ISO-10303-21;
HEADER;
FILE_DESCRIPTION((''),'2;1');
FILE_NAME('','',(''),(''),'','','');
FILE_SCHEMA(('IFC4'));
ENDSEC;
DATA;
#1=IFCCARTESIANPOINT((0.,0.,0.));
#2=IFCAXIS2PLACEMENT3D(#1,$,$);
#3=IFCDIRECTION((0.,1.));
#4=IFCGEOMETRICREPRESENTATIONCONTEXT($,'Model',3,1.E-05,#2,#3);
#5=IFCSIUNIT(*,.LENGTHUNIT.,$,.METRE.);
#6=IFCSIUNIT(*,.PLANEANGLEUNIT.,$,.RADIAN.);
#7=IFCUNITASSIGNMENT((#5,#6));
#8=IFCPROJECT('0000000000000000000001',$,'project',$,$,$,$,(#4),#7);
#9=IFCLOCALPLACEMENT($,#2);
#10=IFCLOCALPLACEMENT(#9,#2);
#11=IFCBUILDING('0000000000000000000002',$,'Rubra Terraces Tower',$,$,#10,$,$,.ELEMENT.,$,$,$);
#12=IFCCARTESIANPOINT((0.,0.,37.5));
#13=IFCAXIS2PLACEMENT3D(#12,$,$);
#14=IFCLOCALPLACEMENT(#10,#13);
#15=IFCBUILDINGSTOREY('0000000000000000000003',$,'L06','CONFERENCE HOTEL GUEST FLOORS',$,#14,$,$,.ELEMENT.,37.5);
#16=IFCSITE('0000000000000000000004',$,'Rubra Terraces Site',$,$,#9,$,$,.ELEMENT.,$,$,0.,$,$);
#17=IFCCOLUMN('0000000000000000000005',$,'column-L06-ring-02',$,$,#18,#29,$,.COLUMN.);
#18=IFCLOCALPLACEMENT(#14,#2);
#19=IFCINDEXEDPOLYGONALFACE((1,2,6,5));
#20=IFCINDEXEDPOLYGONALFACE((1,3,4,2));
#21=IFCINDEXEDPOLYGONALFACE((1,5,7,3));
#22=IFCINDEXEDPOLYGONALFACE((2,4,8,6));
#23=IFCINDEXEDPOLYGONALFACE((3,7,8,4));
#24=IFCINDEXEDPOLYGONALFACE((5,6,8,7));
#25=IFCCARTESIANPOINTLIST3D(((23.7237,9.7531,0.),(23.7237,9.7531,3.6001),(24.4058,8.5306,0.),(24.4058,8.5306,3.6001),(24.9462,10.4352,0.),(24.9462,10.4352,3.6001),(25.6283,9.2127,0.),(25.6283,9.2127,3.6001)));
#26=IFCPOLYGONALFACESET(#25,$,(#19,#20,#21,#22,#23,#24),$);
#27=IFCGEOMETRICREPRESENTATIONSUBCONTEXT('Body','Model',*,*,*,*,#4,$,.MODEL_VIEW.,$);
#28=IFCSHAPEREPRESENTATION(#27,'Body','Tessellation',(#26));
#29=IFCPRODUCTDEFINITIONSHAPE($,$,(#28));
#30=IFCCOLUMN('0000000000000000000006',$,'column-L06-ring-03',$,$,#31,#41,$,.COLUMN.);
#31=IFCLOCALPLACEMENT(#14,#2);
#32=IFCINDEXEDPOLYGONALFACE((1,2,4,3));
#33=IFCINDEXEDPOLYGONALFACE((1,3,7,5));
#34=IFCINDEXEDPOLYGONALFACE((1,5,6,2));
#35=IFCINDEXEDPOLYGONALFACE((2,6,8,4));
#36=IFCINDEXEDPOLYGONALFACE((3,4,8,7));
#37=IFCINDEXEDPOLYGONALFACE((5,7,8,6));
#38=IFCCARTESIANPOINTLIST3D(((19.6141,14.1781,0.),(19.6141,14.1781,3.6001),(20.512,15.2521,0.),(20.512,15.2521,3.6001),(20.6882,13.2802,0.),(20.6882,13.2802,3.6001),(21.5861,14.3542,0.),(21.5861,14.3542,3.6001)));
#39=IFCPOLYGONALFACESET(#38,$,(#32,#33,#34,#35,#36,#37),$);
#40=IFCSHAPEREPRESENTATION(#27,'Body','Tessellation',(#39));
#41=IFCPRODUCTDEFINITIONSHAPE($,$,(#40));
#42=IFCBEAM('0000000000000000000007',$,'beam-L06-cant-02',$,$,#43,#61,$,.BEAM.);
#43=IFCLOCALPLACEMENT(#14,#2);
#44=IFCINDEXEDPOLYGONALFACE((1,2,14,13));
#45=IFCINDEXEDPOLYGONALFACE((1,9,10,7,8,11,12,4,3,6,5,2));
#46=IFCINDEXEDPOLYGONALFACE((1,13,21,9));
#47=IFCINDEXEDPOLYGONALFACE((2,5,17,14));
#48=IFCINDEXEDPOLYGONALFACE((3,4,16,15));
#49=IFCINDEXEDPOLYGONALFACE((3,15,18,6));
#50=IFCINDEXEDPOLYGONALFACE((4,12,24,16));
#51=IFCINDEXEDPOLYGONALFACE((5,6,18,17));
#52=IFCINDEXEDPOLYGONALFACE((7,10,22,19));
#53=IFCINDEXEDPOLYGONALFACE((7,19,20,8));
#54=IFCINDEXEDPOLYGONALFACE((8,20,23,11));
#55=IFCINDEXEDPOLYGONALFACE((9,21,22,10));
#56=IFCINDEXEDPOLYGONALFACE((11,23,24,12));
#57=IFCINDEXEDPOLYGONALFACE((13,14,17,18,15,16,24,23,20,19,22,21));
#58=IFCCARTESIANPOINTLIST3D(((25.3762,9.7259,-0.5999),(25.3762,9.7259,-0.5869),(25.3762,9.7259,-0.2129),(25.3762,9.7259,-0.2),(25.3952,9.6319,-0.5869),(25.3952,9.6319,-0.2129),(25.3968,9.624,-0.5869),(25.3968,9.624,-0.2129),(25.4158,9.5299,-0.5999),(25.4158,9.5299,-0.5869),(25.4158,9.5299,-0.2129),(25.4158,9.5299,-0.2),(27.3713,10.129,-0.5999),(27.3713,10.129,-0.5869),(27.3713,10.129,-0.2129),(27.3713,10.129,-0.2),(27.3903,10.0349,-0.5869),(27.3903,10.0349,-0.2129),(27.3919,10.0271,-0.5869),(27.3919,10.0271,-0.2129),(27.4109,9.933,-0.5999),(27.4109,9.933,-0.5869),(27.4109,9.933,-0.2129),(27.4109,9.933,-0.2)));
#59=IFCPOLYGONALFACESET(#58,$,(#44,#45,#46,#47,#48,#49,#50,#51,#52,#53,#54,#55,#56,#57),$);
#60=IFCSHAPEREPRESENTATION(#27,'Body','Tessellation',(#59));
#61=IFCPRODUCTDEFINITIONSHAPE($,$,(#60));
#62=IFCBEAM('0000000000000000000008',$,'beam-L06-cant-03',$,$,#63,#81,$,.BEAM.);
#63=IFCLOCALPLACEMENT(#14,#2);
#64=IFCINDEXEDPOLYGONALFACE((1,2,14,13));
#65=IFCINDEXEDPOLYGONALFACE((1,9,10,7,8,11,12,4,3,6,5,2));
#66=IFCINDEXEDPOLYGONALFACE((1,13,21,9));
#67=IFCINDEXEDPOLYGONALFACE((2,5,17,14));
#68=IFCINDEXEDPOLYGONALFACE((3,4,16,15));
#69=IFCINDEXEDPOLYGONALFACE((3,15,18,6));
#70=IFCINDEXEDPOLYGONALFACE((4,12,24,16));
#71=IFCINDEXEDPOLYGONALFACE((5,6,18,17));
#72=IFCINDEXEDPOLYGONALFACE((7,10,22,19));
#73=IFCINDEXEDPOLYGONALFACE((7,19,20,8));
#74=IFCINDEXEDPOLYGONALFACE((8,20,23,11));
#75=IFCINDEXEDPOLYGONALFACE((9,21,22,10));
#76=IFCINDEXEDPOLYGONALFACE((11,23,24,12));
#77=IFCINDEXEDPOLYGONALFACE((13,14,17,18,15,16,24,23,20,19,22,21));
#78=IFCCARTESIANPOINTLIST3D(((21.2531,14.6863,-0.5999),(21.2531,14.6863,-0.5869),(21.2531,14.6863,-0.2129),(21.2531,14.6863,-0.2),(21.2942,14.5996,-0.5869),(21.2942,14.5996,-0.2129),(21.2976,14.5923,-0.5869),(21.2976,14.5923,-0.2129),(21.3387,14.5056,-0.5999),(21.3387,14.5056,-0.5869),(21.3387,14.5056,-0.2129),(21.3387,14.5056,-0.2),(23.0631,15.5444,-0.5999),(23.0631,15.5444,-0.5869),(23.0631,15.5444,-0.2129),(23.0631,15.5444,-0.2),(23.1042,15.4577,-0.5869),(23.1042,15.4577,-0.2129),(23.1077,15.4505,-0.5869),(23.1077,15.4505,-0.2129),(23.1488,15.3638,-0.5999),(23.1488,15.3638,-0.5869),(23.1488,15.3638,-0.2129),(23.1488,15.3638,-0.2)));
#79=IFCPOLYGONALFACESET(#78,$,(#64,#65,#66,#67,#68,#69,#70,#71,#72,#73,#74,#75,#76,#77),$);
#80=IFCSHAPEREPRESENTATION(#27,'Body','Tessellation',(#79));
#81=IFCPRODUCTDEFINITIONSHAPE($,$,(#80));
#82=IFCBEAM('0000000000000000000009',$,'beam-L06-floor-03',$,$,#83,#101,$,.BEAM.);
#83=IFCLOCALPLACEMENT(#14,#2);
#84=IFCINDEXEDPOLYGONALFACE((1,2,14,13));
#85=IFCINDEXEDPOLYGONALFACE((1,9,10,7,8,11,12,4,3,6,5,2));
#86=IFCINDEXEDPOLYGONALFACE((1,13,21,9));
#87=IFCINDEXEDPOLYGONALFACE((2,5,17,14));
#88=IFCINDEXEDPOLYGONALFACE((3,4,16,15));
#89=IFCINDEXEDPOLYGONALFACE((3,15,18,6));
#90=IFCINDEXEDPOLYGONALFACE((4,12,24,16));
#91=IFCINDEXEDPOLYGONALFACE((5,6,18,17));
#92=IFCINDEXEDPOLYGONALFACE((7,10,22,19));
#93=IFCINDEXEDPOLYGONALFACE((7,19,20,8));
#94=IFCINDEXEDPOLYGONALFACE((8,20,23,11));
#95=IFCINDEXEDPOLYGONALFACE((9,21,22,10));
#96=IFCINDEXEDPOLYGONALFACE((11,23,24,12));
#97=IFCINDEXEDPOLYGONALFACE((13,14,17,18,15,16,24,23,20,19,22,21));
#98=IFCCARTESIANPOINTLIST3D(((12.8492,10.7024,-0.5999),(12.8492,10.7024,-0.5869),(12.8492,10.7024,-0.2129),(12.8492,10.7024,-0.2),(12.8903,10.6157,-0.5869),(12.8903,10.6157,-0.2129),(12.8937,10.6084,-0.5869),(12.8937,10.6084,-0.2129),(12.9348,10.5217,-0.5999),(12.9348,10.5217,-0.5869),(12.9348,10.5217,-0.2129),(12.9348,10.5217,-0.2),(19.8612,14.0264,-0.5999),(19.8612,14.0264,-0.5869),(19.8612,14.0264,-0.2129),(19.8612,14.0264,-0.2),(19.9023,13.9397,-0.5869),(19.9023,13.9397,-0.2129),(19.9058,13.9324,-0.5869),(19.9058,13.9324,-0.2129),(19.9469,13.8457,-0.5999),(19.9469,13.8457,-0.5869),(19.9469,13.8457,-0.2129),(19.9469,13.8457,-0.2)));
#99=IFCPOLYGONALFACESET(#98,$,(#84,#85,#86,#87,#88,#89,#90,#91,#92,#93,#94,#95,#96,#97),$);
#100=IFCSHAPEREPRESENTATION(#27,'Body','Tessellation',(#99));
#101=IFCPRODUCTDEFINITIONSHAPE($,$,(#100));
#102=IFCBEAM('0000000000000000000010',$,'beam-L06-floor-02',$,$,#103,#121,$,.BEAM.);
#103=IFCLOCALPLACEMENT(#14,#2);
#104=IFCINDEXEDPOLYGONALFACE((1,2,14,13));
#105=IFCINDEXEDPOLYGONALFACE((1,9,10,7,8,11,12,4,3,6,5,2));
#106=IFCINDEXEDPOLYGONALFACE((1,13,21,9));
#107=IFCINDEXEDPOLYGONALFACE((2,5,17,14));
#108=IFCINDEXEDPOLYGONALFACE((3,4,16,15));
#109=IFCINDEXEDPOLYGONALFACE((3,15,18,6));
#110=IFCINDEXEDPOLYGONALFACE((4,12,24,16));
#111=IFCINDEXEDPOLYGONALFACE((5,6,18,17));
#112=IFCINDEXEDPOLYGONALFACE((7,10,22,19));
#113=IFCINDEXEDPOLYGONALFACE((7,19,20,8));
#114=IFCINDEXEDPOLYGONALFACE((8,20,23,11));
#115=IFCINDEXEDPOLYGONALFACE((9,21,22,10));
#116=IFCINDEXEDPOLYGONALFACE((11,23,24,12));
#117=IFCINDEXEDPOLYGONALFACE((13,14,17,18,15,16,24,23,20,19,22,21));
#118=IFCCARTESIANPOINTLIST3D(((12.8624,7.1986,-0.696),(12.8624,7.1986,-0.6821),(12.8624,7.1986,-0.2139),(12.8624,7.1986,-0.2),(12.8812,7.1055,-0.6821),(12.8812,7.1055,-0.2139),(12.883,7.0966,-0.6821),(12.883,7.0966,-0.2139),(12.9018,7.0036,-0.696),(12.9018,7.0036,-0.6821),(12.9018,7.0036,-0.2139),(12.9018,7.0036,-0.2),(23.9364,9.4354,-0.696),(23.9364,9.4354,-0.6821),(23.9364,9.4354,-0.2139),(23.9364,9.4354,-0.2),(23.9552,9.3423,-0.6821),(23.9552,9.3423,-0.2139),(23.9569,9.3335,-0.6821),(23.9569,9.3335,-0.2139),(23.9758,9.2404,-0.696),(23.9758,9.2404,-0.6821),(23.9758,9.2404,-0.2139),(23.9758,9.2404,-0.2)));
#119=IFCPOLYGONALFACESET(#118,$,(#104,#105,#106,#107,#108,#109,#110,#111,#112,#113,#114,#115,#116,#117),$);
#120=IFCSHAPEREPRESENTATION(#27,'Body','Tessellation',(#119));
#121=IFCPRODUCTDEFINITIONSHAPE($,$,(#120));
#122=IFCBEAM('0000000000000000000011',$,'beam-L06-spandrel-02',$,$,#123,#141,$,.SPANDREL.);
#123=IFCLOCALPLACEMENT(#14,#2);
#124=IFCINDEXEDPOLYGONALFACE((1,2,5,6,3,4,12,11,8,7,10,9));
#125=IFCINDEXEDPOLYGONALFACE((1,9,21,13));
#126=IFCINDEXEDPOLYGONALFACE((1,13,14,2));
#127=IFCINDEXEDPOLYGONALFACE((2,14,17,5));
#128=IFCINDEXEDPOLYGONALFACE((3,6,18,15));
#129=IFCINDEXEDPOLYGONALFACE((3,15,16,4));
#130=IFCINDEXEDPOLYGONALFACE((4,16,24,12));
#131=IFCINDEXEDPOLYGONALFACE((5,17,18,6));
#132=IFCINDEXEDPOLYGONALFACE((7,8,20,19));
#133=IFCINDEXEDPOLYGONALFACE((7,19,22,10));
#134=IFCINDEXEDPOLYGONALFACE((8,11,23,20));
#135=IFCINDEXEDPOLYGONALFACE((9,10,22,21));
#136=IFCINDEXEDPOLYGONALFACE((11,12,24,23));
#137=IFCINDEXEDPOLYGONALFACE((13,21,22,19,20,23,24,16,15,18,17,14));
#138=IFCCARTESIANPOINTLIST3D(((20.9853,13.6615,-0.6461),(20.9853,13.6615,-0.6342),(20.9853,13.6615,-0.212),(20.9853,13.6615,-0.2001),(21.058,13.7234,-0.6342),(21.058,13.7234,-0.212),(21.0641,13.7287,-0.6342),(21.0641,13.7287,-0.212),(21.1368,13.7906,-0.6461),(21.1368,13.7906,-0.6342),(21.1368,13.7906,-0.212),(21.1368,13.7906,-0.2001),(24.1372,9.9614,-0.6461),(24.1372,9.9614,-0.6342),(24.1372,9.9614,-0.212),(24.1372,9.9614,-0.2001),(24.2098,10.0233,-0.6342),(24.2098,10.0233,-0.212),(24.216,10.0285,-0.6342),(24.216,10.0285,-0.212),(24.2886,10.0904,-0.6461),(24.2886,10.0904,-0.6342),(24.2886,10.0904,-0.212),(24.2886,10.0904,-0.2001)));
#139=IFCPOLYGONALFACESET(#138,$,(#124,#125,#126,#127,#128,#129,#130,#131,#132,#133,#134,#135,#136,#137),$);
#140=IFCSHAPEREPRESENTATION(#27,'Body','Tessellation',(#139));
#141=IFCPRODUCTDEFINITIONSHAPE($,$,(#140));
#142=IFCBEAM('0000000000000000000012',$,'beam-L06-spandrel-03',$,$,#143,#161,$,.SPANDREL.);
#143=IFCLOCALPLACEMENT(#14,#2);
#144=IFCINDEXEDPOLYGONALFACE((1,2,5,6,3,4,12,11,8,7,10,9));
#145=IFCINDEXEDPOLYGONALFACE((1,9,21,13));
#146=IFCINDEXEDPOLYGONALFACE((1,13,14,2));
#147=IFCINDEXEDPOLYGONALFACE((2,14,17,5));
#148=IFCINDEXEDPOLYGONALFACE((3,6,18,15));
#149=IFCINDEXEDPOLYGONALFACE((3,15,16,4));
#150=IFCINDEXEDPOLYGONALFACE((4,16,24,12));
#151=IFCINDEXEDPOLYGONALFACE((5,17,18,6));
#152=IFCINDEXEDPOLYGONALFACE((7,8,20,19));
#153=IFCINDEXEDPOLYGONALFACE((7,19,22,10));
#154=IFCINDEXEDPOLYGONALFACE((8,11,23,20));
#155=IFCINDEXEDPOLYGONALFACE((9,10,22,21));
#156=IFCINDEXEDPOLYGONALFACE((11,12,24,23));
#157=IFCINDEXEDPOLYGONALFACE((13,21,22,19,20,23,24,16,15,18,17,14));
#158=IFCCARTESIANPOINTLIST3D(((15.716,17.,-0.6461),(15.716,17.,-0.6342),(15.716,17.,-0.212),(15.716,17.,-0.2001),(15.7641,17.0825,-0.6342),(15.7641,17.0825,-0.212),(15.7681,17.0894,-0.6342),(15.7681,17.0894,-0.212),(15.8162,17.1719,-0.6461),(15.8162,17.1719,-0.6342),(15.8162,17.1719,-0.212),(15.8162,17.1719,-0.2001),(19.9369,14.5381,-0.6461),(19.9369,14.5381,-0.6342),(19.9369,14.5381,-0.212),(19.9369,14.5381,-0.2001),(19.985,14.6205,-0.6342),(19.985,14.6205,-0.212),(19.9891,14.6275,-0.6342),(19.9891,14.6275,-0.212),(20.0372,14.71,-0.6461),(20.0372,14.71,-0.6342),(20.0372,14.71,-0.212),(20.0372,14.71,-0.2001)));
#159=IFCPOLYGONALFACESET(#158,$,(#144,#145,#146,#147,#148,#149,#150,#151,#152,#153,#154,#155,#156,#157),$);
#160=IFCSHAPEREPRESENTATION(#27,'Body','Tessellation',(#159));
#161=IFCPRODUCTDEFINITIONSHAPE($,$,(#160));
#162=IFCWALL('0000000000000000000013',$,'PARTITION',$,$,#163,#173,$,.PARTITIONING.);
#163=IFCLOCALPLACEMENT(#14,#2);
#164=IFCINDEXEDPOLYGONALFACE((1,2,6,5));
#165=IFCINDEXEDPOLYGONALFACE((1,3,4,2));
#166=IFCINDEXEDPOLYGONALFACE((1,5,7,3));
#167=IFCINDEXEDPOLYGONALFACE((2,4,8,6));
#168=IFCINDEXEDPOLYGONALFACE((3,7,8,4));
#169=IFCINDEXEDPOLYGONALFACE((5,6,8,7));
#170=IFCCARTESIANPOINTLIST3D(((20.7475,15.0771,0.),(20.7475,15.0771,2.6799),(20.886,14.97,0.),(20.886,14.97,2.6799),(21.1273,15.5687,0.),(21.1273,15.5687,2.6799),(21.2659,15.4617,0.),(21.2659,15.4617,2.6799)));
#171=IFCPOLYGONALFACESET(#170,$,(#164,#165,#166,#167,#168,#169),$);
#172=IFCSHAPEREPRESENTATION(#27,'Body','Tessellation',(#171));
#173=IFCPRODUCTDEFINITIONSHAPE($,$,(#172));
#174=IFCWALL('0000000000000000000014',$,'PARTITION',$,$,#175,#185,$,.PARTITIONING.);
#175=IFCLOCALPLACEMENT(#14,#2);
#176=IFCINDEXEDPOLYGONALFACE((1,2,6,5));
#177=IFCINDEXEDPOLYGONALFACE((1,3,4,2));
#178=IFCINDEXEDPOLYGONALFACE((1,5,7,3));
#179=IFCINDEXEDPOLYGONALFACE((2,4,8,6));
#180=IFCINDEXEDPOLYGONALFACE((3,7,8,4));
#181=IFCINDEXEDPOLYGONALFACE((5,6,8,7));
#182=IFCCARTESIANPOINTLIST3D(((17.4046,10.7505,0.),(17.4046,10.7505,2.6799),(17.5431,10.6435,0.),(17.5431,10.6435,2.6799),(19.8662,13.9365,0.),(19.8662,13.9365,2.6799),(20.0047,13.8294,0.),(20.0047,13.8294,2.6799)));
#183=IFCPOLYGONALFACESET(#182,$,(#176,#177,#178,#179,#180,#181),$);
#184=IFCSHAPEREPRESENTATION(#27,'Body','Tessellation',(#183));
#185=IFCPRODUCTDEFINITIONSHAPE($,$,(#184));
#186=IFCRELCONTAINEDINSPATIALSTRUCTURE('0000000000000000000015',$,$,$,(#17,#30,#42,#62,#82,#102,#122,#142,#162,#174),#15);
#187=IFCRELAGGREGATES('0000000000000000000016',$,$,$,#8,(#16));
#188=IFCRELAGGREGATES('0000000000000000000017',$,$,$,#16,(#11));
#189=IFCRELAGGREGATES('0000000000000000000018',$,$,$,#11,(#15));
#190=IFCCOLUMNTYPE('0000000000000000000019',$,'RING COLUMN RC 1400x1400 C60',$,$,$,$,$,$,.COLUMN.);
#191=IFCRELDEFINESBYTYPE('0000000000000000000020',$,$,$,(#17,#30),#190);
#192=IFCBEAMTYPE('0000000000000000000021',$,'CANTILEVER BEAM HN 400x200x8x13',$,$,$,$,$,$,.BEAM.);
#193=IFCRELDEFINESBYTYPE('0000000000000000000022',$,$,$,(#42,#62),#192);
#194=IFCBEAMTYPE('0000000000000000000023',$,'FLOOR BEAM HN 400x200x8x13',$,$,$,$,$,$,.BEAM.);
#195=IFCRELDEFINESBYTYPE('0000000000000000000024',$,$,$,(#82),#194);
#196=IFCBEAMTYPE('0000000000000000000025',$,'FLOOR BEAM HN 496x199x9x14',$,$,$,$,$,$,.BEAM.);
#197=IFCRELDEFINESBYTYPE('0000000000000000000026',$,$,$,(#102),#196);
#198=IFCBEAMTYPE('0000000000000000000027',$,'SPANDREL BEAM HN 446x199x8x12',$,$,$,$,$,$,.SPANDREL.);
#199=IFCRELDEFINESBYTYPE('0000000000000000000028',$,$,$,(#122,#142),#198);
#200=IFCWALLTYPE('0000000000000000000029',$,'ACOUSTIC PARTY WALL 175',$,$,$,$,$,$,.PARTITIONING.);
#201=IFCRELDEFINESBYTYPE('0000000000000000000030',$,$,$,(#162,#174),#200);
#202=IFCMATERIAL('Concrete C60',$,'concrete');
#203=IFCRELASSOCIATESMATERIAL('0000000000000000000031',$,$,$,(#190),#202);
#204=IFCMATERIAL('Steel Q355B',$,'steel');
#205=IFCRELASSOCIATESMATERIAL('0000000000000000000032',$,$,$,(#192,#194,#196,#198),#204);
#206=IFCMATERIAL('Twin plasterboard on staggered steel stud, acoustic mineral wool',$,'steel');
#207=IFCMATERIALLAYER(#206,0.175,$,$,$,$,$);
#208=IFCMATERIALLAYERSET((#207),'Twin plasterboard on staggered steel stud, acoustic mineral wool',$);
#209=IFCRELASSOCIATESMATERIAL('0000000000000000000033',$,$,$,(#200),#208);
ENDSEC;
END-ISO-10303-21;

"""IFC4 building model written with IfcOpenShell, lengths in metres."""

from ifc_helpers import new_model, si_unit, direction, frame, frame_2d, origin, origin_2d, place, context, subcontext, project, spatial, rectangle, i_section, extrude, material, layer, layer_set, material_profile, profile_set, type_object, element, save


model = new_model("IFC4")

# Units and contexts
model_context = context("Model", 3, precision=1e-05, world=origin(), true_north=direction((0.0, 1.0)))
body_context = subcontext(model_context, "Body", "Model", "MODEL_VIEW")
ifc_project = project(units=[si_unit("LENGTHUNIT", "METRE"), si_unit("PLANEANGLEUNIT", "RADIAN")], contexts=[model_context])

# Site, building, storey
site_placement = place(None, origin())
site = spatial("IfcSite", under=ifc_project, at=site_placement, Name="Rubra Terraces Site", CompositionType="ELEMENT", RefElevation=0.0)
building_placement = place(site_placement, origin())
building = spatial("IfcBuilding", under=site, at=building_placement, Name="Rubra Terraces Tower", CompositionType="ELEMENT")
storey_placement = place(building_placement, frame((0.0, 0.0, 37.5)))
storey = spatial("IfcBuildingStorey", under=building, at=storey_placement, Name="L06", Description="CONFERENCE HOTEL GUEST FLOORS", CompositionType="ELEMENT", Elevation=37.5)

# Columns
ifc_material_1 = material(Name="Concrete C60", Category="concrete")
ifc_material_profile_1 = material_profile(ifc_material_1, rectangle(XDim=1.3999, YDim=1.3999, at=origin_2d()), Name="RC 1400x1400")
ifc_profile_set_1 = profile_set([ifc_material_profile_1], Name="Concrete C60")
column_type = type_object("IfcColumnType", Name="RING COLUMN RC 1400x1400 C60", PredefinedType="COLUMN", material=ifc_profile_set_1)
for number, where, z_axis, x_axis, name in (
    (1, (24.676, 9.4829, 0.0), (0.0, 0.0, 1.0), (-0.487227, 0.873276, 0.0), "column-L06-ring-02"),
    (2, (20.6001, 14.2661, 0.0), (0.0, 0.0, 1.0), (-0.76721, 0.641397, 0.0), "column-L06-ring-03"),
):
    element("IfcColumn", number, at=place(storey_placement, frame(where, z_axis=z_axis, x_axis=x_axis)), inside=storey, type_object=column_type, Name=name, PredefinedType="COLUMN", context=body_context, shape_type="SweptSolid", body=[
        extrude(rectangle(XDim=1.3999, YDim=1.3999, at=origin_2d()), origin(), (0.0, 0.0, 1.0), 3.6001),
    ])

# Beams
ifc_material_2 = material(Name="Steel Q355B", Category="steel")
ifc_material_profile_2 = material_profile(ifc_material_2, i_section(OverallWidth=0.2, OverallDepth=0.3999, WebThickness=0.0081, FlangeThickness=0.0129, at=origin_2d()), Name="HN 400x200x8x13")
ifc_profile_set_2 = profile_set([ifc_material_profile_2], Name="Steel Q355B")
beam_type_1 = type_object("IfcBeamType", Name="CANTILEVER BEAM HN 400x200x8x13", PredefinedType="BEAM", material=ifc_profile_set_2)
beam_1_placement = place(storey_placement, frame((25.396, 9.6279, -0.3999), z_axis=(0.980196, 0.19803, 0.0), x_axis=(-0.19803, 0.980196, 0.0)))
element("IfcBeam", 3, at=beam_1_placement, inside=storey, type_object=beam_type_1, Name="beam-L06-cant-02", PredefinedType="BEAM", context=body_context, shape_type="SweptSolid", body=[
    extrude(i_section(OverallWidth=0.2, OverallDepth=0.3999, WebThickness=0.0081, FlangeThickness=0.0129, at=origin_2d()), origin(), (0.0, 0.0, 1.0), 2.0354),
])
beam_2_placement = place(storey_placement, frame((21.2959, 14.5959, -0.3999), z_axis=(0.903591, 0.428395, 0.0), x_axis=(-0.428395, 0.903591, 0.0)))
element("IfcBeam", 4, at=beam_2_placement, inside=storey, type_object=beam_type_1, Name="beam-L06-cant-03", PredefinedType="BEAM", context=body_context, shape_type="SweptSolid", body=[
    extrude(i_section(OverallWidth=0.2, OverallDepth=0.3999, WebThickness=0.0081, FlangeThickness=0.0129, at=origin_2d()), origin(), (0.0, 0.0, 1.0), 2.0032),
])
ifc_material_profile_3 = material_profile(ifc_material_2, i_section(OverallWidth=0.2, OverallDepth=0.3999, WebThickness=0.0081, FlangeThickness=0.0129, at=origin_2d()), Name="HN 400x200x8x13")
ifc_profile_set_3 = profile_set([ifc_material_profile_3], Name="Steel Q355B")
beam_type_2 = type_object("IfcBeamType", Name="FLOOR BEAM HN 400x200x8x13", PredefinedType="BEAM", material=ifc_profile_set_3)
beam_3_placement = place(storey_placement, frame((19.9041, 13.936, -0.3999), z_axis=(-0.903612, -0.428351, 0.0), x_axis=(0.428351, -0.903612, 0.0)))
element("IfcBeam", 5, at=beam_3_placement, inside=storey, type_object=beam_type_2, Name="beam-L06-floor-03", PredefinedType="BEAM", context=body_context, shape_type="SweptSolid", body=[
    extrude(i_section(OverallWidth=0.2, OverallDepth=0.3999, WebThickness=0.0081, FlangeThickness=0.0129, at=origin_2d()), origin(), (0.0, 0.0, 1.0), 7.76),
])
ifc_material_profile_4 = material_profile(ifc_material_2, i_section(OverallWidth=0.199, OverallDepth=0.4961, WebThickness=0.009, FlangeThickness=0.0139, at=origin_2d()), Name="HN 496x199x9x14")
ifc_profile_set_4 = profile_set([ifc_material_profile_4], Name="Steel Q355B")
beam_type_3 = type_object("IfcBeamType", Name="FLOOR BEAM HN 496x199x9x14", PredefinedType="BEAM", material=ifc_profile_set_4)
beam_4_placement = place(storey_placement, frame((23.9561, 9.3379, -0.448), z_axis=(-0.980204, -0.19799, 0.0), x_axis=(0.19799, -0.980204, 0.0)))
element("IfcBeam", 6, at=beam_4_placement, inside=storey, type_object=beam_type_3, Name="beam-L06-floor-02", PredefinedType="BEAM", context=body_context, shape_type="SweptSolid", body=[
    extrude(i_section(OverallWidth=0.199, OverallDepth=0.4961, WebThickness=0.009, FlangeThickness=0.0139, at=origin_2d()), origin(), (0.0, 0.0, 1.0), 11.2976),
])
ifc_material_profile_5 = material_profile(ifc_material_2, i_section(OverallWidth=0.199, OverallDepth=0.446, WebThickness=0.0081, FlangeThickness=0.012, at=origin_2d()), Name="HN 446x199x8x12")
ifc_profile_set_5 = profile_set([ifc_material_profile_5], Name="Steel Q355B")
beam_type_4 = type_object("IfcBeamType", Name="SPANDREL BEAM HN 446x199x8x12", PredefinedType="SPANDREL", material=ifc_profile_set_5)
beam_5_placement = place(storey_placement, frame((24.2129, 10.0259, -0.4231), z_axis=(-0.648447, 0.76126, 0.0), x_axis=(-0.76126, -0.648447, 0.0)))
element("IfcBeam", 7, at=beam_5_placement, inside=storey, type_object=beam_type_4, Name="beam-L06-spandrel-02", PredefinedType="SPANDREL", context=body_context, shape_type="SweptSolid", body=[
    extrude(i_section(OverallWidth=0.199, OverallDepth=0.446, WebThickness=0.0081, FlangeThickness=0.012, at=origin_2d()), origin(), (0.0, 0.0, 1.0), 4.8606),
])
beam_6_placement = place(storey_placement, frame((19.9871, 14.624, -0.4231), z_axis=(-0.863806, 0.503824, 0.0), x_axis=(-0.503824, -0.863806, 0.0)))
element("IfcBeam", 8, at=beam_6_placement, inside=storey, type_object=beam_type_4, Name="beam-L06-spandrel-03", PredefinedType="SPANDREL", context=body_context, shape_type="SweptSolid", body=[
    extrude(i_section(OverallWidth=0.199, OverallDepth=0.446, WebThickness=0.0081, FlangeThickness=0.012, at=origin_2d()), origin(), (0.0, 0.0, 1.0), 4.8865),
])

# Walls
ifc_material_3 = material(Name="Twin plasterboard on staggered steel stud, acoustic mineral wool", Category="steel")
ifc_layer_1 = layer(ifc_material_3, 0.175)
ifc_layer_set_1 = layer_set([ifc_layer_1], Name="Twin plasterboard on staggered steel stud, acoustic mineral wool")
wall_type_1 = type_object("IfcWallType", Name="ACOUSTIC PARTY WALL 175", PredefinedType="PARTITIONING", material=ifc_layer_set_1)
wall_1_placement = place(storey_placement, frame((21.1965, 15.5151, 0.0), z_axis=(0.0, 0.0, 1.0), x_axis=(-0.61138, -0.791337, 0.0)))
element("IfcWall", 9, at=wall_1_placement, inside=storey, type_object=wall_type_1, Name="PARTITION", PredefinedType="PARTITIONING", context=body_context, shape_type="SweptSolid", body=[
    extrude(rectangle(XDim=0.6213, YDim=0.175, at=frame_2d((0.3105, 0.0))), origin(), (0.0, 0.0, 1.0), 2.6799),
])
wall_2_placement = place(storey_placement, frame((19.9355, 13.8831, 0.0), z_axis=(0.0, 0.0, 1.0), x_axis=(-0.611406, -0.791317, 0.0)))
element("IfcWall", 10, at=wall_2_placement, inside=storey, type_object=wall_type_1, Name="PARTITION", PredefinedType="PARTITIONING", context=body_context, shape_type="SweptSolid", body=[
    extrude(rectangle(XDim=4.0261, YDim=0.175, at=frame_2d((2.0132, 0.0))), origin(), (0.0, 0.0, 1.0), 2.6799),
])

save(model, "model.ifc")
